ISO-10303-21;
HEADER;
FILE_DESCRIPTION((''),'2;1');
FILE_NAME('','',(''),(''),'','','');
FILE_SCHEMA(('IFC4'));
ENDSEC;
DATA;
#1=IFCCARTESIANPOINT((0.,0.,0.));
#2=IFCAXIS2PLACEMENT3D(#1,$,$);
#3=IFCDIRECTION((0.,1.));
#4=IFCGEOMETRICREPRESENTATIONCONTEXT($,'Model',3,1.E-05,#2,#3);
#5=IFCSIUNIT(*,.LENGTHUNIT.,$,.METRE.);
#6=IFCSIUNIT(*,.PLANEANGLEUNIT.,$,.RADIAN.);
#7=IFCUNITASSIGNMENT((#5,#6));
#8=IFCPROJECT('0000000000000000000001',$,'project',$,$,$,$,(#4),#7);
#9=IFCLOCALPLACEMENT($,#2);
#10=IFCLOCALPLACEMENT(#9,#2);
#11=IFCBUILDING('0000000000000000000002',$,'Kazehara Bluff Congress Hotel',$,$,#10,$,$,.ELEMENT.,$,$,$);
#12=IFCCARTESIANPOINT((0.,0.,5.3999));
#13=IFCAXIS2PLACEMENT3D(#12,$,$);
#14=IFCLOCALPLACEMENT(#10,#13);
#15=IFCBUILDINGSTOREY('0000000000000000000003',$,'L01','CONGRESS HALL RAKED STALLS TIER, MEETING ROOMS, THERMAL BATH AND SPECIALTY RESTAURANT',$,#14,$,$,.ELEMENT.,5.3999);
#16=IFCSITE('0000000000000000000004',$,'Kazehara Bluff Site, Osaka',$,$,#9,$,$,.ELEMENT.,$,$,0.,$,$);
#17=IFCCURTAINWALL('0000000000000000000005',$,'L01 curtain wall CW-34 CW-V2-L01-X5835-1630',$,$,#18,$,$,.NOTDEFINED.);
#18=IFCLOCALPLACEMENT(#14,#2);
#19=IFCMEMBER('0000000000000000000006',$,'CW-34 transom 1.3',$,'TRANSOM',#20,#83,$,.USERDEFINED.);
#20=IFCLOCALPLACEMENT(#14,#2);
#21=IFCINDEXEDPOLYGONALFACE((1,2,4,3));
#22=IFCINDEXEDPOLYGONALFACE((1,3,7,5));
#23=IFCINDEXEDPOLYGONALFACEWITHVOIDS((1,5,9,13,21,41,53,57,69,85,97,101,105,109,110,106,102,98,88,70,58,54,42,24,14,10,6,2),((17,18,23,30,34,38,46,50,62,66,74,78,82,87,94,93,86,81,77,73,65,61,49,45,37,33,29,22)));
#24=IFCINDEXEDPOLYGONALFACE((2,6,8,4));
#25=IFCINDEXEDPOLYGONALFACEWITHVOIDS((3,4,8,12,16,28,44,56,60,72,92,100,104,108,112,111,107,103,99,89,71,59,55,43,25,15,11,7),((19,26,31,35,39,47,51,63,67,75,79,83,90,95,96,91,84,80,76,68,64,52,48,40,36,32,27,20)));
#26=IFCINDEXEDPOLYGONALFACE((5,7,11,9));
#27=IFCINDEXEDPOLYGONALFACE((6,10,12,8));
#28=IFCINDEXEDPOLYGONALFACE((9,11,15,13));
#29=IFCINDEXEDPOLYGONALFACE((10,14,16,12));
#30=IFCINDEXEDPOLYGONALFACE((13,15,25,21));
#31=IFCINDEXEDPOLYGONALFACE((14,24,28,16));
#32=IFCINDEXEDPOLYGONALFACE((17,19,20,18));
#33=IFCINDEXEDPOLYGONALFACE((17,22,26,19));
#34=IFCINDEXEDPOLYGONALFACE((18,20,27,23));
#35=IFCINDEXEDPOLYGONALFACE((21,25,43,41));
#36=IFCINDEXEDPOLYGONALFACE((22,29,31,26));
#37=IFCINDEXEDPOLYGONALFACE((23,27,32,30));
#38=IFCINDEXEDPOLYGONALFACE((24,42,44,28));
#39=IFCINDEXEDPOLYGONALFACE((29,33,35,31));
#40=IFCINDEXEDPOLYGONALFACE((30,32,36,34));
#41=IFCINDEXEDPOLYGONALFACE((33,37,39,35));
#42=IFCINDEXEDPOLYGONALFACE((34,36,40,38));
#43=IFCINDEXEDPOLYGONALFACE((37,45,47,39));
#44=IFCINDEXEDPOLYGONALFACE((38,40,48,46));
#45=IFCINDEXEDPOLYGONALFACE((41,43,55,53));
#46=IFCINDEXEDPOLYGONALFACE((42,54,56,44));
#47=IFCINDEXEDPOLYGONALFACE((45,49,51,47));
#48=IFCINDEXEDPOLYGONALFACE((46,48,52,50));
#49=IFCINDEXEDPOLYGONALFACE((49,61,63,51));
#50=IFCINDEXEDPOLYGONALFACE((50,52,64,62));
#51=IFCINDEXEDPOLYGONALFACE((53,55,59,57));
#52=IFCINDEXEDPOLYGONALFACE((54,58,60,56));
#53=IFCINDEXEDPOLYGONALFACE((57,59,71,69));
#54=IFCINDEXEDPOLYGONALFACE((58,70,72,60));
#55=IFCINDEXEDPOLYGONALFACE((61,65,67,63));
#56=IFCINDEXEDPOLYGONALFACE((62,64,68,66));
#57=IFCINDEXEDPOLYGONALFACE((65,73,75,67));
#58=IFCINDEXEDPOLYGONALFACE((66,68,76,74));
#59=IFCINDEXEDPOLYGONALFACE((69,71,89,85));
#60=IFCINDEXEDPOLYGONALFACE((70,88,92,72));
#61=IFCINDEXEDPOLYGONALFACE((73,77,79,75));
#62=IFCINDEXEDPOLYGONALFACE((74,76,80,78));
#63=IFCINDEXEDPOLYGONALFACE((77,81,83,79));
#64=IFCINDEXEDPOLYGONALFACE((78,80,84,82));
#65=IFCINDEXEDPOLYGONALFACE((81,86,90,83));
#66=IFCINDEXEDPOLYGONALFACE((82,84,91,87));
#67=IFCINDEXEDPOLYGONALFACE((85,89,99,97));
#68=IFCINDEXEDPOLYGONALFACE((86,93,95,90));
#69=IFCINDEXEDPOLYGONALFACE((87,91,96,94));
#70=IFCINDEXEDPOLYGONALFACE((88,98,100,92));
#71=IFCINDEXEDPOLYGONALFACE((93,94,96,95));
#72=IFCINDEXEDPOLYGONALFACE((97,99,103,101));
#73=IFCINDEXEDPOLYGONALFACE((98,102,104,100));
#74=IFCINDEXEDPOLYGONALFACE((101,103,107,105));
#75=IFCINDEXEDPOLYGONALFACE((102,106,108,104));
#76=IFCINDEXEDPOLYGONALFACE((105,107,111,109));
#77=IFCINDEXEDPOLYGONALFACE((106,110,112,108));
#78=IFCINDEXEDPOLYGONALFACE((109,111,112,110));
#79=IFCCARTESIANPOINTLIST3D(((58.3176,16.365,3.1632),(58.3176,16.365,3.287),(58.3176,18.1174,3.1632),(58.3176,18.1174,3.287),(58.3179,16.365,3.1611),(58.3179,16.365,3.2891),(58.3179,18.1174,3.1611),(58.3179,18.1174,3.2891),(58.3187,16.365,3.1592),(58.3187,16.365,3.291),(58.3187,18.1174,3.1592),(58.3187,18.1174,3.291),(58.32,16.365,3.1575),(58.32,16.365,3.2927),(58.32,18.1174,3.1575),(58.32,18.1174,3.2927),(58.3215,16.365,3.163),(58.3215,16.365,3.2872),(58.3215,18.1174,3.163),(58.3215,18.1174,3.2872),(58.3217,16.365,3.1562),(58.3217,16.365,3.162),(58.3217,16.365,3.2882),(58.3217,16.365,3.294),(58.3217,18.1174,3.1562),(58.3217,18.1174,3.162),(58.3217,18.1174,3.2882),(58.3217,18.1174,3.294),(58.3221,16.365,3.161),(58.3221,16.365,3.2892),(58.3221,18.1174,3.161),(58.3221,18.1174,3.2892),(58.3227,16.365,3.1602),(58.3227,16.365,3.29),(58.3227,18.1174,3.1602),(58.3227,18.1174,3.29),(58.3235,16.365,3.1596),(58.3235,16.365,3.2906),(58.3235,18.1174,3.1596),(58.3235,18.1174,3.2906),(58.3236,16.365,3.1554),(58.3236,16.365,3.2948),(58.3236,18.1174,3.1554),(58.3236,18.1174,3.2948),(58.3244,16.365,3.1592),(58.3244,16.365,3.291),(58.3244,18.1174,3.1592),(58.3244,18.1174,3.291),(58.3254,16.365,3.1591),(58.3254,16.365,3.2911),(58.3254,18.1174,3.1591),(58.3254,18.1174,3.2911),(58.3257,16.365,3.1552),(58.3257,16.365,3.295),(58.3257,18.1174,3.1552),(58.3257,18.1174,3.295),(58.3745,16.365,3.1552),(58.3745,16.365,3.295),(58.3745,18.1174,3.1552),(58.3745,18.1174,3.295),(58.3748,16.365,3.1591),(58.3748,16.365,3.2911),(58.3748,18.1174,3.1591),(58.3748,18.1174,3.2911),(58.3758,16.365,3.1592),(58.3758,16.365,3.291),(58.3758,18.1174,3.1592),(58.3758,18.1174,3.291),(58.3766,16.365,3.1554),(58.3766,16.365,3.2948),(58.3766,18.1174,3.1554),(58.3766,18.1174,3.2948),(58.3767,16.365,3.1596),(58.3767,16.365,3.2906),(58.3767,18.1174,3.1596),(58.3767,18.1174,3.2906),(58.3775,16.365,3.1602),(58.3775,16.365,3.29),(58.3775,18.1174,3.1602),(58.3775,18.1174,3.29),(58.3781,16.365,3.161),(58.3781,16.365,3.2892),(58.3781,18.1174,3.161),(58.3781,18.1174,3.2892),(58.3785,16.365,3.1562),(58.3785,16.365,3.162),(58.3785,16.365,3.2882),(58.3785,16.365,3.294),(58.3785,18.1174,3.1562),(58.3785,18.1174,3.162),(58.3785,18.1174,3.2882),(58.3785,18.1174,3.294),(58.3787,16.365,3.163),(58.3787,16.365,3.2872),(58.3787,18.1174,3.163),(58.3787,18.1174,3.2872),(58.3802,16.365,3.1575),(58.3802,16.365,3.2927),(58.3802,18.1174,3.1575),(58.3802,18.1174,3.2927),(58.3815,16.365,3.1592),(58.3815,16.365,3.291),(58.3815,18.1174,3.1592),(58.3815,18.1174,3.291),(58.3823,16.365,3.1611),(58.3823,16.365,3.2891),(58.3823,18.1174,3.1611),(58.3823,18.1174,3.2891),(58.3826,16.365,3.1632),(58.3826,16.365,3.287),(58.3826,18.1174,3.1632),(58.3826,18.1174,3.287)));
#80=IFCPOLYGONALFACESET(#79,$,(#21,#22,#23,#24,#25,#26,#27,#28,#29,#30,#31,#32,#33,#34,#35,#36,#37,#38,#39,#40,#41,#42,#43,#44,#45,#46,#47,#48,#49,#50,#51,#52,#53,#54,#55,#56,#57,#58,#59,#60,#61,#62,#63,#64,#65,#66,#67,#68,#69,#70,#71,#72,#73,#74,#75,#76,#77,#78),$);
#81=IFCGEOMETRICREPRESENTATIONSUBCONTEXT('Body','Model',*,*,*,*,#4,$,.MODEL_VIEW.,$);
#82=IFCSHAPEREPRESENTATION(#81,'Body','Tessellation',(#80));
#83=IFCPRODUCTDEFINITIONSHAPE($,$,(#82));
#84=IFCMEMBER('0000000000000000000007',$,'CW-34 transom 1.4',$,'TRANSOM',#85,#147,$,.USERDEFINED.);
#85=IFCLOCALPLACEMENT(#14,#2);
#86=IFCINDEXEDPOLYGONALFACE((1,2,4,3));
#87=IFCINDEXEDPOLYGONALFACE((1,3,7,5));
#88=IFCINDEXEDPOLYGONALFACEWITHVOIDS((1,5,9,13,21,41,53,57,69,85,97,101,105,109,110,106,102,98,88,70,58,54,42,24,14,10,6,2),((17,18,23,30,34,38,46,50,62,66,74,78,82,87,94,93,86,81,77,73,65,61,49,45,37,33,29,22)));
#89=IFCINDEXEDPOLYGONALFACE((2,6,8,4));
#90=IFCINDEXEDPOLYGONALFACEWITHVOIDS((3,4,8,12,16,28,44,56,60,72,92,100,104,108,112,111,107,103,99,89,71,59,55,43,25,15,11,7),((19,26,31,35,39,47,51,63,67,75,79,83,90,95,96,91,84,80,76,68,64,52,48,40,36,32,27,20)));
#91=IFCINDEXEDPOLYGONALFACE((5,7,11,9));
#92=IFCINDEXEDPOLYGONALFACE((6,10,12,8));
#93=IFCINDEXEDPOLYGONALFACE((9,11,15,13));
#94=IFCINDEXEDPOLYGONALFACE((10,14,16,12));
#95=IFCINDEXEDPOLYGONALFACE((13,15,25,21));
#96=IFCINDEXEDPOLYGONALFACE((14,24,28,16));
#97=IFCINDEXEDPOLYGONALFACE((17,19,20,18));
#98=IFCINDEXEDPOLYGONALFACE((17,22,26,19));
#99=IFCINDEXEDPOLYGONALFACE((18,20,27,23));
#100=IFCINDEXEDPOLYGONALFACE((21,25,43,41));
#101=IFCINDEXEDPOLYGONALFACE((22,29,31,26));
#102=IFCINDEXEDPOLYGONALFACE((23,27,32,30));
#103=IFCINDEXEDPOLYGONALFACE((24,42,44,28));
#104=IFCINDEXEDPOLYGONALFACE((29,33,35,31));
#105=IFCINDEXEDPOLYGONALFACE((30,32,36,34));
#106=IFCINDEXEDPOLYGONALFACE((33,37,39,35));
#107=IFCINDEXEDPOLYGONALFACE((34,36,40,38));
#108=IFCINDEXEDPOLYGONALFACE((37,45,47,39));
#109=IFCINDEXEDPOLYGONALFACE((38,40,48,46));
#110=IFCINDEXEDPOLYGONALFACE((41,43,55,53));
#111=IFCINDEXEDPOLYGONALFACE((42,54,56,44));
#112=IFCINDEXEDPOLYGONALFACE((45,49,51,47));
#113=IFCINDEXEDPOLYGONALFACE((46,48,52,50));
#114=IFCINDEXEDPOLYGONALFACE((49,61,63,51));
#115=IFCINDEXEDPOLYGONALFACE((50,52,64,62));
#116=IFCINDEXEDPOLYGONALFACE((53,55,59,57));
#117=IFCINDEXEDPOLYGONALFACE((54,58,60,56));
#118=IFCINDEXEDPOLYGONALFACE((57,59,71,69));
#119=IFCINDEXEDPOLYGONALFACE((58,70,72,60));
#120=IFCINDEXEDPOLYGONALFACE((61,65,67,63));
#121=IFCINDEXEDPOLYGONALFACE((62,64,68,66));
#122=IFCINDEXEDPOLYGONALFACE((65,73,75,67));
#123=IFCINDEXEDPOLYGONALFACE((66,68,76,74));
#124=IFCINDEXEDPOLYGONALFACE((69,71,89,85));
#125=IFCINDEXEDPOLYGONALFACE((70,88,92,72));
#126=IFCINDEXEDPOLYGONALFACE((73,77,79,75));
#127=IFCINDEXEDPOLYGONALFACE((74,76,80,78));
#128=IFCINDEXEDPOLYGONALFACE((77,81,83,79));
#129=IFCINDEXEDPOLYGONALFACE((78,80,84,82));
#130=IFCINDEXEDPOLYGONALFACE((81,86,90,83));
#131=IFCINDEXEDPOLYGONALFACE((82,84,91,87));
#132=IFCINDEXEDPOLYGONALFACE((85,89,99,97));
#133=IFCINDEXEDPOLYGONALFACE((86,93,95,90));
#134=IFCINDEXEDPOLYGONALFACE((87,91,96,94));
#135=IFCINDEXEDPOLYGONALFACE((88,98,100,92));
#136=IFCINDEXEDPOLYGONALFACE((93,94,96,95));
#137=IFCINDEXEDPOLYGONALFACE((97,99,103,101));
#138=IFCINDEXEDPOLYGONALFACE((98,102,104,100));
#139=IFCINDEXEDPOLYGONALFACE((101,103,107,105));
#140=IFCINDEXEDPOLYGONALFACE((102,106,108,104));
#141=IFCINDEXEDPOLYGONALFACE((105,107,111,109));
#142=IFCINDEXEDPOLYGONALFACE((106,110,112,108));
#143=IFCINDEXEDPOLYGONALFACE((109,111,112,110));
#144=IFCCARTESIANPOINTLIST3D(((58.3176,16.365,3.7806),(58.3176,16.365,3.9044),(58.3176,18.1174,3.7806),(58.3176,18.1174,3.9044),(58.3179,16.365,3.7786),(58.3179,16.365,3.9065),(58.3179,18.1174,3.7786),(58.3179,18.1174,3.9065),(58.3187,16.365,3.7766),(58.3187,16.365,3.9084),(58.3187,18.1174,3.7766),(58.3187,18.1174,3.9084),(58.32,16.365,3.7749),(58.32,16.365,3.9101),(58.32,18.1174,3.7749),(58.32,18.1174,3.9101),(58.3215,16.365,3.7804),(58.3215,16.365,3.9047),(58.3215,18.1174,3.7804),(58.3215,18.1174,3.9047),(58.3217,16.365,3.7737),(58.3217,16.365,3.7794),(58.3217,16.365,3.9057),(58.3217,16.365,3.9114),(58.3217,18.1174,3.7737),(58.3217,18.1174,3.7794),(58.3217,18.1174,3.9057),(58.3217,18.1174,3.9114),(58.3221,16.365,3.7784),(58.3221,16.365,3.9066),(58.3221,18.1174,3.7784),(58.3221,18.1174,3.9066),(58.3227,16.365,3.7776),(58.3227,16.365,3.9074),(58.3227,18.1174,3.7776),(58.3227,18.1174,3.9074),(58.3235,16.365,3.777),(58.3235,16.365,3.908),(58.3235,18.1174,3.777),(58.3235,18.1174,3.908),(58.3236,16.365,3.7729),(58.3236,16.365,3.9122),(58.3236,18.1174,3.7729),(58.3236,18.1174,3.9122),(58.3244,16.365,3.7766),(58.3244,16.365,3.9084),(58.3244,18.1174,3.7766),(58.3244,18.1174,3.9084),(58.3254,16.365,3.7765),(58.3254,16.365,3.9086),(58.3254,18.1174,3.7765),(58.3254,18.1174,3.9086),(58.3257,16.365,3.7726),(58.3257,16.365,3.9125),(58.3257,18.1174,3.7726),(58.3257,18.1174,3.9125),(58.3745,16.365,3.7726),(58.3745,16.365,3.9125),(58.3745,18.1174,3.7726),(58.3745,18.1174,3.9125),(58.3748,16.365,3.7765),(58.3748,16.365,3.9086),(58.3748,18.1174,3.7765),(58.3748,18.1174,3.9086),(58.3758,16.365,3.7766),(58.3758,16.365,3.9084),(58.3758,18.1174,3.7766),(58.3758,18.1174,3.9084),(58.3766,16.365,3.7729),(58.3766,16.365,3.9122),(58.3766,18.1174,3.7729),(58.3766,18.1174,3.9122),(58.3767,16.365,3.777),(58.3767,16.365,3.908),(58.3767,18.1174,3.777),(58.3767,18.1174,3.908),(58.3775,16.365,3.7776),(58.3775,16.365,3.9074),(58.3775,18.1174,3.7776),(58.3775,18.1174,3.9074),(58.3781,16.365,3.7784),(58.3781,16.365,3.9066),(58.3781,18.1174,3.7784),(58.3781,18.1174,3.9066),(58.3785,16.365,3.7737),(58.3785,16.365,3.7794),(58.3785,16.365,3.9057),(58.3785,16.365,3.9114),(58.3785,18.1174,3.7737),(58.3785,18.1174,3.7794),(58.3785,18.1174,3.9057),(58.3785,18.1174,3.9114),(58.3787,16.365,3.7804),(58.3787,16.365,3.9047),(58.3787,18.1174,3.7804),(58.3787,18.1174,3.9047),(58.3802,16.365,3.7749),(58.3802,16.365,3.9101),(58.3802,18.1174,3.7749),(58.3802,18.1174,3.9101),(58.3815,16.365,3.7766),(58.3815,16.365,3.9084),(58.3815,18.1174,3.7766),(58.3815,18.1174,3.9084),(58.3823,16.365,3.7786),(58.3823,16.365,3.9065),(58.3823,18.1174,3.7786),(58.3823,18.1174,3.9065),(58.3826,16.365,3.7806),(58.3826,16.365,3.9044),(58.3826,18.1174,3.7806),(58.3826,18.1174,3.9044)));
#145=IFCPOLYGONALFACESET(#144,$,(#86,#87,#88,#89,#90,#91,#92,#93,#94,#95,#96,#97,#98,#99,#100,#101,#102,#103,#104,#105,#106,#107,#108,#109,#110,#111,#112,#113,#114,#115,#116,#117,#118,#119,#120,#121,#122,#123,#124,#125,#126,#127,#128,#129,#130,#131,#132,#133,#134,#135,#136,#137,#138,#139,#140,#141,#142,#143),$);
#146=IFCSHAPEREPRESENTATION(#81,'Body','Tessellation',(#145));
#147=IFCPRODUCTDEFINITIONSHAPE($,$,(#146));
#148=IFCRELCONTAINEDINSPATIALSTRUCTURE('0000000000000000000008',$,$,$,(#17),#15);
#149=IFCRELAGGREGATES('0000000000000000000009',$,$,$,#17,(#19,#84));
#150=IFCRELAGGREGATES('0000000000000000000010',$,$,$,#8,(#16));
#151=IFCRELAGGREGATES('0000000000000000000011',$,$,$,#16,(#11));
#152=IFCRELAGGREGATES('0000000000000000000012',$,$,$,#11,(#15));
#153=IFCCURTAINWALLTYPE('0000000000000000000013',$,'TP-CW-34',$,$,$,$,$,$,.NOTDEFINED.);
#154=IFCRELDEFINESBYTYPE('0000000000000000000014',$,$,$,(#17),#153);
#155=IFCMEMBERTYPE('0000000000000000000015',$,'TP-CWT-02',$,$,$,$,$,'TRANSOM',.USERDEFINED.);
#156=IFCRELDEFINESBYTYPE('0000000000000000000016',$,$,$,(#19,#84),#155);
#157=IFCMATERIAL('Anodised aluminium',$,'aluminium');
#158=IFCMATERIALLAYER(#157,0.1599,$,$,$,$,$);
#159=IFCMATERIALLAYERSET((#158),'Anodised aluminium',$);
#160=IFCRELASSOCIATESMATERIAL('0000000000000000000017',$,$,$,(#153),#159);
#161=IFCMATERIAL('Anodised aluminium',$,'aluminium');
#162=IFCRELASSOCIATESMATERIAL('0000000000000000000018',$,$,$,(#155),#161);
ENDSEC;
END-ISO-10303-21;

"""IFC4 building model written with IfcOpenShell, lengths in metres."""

from ifc_helpers import new_model, si_unit, direction, frame, origin, origin_2d, place, context, subcontext, project, spatial, hollow_rectangle, extrude, material, layer, layer_set, material_profile, profile_set, type_object, element, aggregate, save


model = new_model("IFC4")

# Units and contexts
model_context = context("Model", 3, precision=1e-05, world=origin(), true_north=direction((0.0, 1.0)))
body_context = subcontext(model_context, "Body", "Model", "MODEL_VIEW")
ifc_project = project(units=[si_unit("LENGTHUNIT", "METRE"), si_unit("PLANEANGLEUNIT", "RADIAN")], contexts=[model_context])

# Site, building, storey
site_placement = place(None, origin())
site = spatial("IfcSite", under=ifc_project, at=site_placement, Name="Kazehara Bluff Site, Osaka", CompositionType="ELEMENT", RefElevation=0.0)
building_placement = place(site_placement, origin())
building = spatial("IfcBuilding", under=site, at=building_placement, Name="Kazehara Bluff Congress Hotel", CompositionType="ELEMENT")
storey_placement = place(building_placement, frame((0.0, 0.0, 5.3999)))
storey = spatial("IfcBuildingStorey", under=building, at=storey_placement, Name="L01", Description="CONGRESS HALL RAKED STALLS TIER, MEETING ROOMS, THERMAL BATH AND SPECIALTY RESTAURANT", CompositionType="ELEMENT", Elevation=5.3999)

# Curtain wall
ifc_material_1 = material(Name="Anodised aluminium", Category="aluminium")
ifc_layer_1 = layer(ifc_material_1, 0.1599)
ifc_layer_set_1 = layer_set([ifc_layer_1], Name="Anodised aluminium")
curtain_wall_type = type_object("IfcCurtainWallType", Name="TP-CW-34", PredefinedType="NOTDEFINED", material=ifc_layer_set_1)
curtain_wall_1_placement = place(storey_placement, origin())
curtain_wall_1 = element("IfcCurtainWall", 1, at=curtain_wall_1_placement, inside=storey, type_object=curtain_wall_type, Name="L01 curtain wall CW-34 CW-V2-L01-X5835-1630", PredefinedType="NOTDEFINED")

# Members
ifc_material_2 = material(Name="Anodised aluminium", Category="aluminium")
ifc_material_profile_1 = material_profile(ifc_material_2, hollow_rectangle(XDim=0.0649, YDim=0.1399, WallThickness=0.0039, InnerFilletRadius=0.0039, OuterFilletRadius=0.0081, at=origin_2d()))
ifc_profile_set_1 = profile_set([ifc_material_profile_1], Name="Anodised aluminium")
member_type_1 = type_object("IfcMemberType", Name="TP-CWT-02", ElementType="TRANSOM", PredefinedType="USERDEFINED", material=ifc_profile_set_1)
member_1_placement = place(storey_placement, frame((58.3501, 16.365, 3.2251), z_axis=(0.0, 1.0, 0.0), x_axis=(-1.0, 0.0, 0.0)))
member_1 = element("IfcMember", 2, at=member_1_placement, type_object=member_type_1, Name="CW-34 transom 1.3", ObjectType="TRANSOM", PredefinedType="USERDEFINED", context=body_context, shape_type="SweptSolid", body=[
    extrude(hollow_rectangle(XDim=0.0649, YDim=0.1399, WallThickness=0.0039, InnerFilletRadius=0.0039, OuterFilletRadius=0.0081, at=origin_2d()), origin(), (0.0, 0.0, 1.0), 1.7524),
])
member_2_placement = place(storey_placement, frame((58.3501, 16.365, 3.8425), z_axis=(0.0, 1.0, 0.0), x_axis=(-1.0, 0.0, 0.0)))
member_2 = element("IfcMember", 3, at=member_2_placement, type_object=member_type_1, Name="CW-34 transom 1.4", ObjectType="TRANSOM", PredefinedType="USERDEFINED", context=body_context, shape_type="SweptSolid", body=[
    extrude(hollow_rectangle(XDim=0.0649, YDim=0.1399, WallThickness=0.0039, InnerFilletRadius=0.0039, OuterFilletRadius=0.0081, at=origin_2d()), origin(), (0.0, 0.0, 1.0), 1.7524),
])

aggregate(curtain_wall_1, [member_1, member_2])

save(model, "model.ifc")
